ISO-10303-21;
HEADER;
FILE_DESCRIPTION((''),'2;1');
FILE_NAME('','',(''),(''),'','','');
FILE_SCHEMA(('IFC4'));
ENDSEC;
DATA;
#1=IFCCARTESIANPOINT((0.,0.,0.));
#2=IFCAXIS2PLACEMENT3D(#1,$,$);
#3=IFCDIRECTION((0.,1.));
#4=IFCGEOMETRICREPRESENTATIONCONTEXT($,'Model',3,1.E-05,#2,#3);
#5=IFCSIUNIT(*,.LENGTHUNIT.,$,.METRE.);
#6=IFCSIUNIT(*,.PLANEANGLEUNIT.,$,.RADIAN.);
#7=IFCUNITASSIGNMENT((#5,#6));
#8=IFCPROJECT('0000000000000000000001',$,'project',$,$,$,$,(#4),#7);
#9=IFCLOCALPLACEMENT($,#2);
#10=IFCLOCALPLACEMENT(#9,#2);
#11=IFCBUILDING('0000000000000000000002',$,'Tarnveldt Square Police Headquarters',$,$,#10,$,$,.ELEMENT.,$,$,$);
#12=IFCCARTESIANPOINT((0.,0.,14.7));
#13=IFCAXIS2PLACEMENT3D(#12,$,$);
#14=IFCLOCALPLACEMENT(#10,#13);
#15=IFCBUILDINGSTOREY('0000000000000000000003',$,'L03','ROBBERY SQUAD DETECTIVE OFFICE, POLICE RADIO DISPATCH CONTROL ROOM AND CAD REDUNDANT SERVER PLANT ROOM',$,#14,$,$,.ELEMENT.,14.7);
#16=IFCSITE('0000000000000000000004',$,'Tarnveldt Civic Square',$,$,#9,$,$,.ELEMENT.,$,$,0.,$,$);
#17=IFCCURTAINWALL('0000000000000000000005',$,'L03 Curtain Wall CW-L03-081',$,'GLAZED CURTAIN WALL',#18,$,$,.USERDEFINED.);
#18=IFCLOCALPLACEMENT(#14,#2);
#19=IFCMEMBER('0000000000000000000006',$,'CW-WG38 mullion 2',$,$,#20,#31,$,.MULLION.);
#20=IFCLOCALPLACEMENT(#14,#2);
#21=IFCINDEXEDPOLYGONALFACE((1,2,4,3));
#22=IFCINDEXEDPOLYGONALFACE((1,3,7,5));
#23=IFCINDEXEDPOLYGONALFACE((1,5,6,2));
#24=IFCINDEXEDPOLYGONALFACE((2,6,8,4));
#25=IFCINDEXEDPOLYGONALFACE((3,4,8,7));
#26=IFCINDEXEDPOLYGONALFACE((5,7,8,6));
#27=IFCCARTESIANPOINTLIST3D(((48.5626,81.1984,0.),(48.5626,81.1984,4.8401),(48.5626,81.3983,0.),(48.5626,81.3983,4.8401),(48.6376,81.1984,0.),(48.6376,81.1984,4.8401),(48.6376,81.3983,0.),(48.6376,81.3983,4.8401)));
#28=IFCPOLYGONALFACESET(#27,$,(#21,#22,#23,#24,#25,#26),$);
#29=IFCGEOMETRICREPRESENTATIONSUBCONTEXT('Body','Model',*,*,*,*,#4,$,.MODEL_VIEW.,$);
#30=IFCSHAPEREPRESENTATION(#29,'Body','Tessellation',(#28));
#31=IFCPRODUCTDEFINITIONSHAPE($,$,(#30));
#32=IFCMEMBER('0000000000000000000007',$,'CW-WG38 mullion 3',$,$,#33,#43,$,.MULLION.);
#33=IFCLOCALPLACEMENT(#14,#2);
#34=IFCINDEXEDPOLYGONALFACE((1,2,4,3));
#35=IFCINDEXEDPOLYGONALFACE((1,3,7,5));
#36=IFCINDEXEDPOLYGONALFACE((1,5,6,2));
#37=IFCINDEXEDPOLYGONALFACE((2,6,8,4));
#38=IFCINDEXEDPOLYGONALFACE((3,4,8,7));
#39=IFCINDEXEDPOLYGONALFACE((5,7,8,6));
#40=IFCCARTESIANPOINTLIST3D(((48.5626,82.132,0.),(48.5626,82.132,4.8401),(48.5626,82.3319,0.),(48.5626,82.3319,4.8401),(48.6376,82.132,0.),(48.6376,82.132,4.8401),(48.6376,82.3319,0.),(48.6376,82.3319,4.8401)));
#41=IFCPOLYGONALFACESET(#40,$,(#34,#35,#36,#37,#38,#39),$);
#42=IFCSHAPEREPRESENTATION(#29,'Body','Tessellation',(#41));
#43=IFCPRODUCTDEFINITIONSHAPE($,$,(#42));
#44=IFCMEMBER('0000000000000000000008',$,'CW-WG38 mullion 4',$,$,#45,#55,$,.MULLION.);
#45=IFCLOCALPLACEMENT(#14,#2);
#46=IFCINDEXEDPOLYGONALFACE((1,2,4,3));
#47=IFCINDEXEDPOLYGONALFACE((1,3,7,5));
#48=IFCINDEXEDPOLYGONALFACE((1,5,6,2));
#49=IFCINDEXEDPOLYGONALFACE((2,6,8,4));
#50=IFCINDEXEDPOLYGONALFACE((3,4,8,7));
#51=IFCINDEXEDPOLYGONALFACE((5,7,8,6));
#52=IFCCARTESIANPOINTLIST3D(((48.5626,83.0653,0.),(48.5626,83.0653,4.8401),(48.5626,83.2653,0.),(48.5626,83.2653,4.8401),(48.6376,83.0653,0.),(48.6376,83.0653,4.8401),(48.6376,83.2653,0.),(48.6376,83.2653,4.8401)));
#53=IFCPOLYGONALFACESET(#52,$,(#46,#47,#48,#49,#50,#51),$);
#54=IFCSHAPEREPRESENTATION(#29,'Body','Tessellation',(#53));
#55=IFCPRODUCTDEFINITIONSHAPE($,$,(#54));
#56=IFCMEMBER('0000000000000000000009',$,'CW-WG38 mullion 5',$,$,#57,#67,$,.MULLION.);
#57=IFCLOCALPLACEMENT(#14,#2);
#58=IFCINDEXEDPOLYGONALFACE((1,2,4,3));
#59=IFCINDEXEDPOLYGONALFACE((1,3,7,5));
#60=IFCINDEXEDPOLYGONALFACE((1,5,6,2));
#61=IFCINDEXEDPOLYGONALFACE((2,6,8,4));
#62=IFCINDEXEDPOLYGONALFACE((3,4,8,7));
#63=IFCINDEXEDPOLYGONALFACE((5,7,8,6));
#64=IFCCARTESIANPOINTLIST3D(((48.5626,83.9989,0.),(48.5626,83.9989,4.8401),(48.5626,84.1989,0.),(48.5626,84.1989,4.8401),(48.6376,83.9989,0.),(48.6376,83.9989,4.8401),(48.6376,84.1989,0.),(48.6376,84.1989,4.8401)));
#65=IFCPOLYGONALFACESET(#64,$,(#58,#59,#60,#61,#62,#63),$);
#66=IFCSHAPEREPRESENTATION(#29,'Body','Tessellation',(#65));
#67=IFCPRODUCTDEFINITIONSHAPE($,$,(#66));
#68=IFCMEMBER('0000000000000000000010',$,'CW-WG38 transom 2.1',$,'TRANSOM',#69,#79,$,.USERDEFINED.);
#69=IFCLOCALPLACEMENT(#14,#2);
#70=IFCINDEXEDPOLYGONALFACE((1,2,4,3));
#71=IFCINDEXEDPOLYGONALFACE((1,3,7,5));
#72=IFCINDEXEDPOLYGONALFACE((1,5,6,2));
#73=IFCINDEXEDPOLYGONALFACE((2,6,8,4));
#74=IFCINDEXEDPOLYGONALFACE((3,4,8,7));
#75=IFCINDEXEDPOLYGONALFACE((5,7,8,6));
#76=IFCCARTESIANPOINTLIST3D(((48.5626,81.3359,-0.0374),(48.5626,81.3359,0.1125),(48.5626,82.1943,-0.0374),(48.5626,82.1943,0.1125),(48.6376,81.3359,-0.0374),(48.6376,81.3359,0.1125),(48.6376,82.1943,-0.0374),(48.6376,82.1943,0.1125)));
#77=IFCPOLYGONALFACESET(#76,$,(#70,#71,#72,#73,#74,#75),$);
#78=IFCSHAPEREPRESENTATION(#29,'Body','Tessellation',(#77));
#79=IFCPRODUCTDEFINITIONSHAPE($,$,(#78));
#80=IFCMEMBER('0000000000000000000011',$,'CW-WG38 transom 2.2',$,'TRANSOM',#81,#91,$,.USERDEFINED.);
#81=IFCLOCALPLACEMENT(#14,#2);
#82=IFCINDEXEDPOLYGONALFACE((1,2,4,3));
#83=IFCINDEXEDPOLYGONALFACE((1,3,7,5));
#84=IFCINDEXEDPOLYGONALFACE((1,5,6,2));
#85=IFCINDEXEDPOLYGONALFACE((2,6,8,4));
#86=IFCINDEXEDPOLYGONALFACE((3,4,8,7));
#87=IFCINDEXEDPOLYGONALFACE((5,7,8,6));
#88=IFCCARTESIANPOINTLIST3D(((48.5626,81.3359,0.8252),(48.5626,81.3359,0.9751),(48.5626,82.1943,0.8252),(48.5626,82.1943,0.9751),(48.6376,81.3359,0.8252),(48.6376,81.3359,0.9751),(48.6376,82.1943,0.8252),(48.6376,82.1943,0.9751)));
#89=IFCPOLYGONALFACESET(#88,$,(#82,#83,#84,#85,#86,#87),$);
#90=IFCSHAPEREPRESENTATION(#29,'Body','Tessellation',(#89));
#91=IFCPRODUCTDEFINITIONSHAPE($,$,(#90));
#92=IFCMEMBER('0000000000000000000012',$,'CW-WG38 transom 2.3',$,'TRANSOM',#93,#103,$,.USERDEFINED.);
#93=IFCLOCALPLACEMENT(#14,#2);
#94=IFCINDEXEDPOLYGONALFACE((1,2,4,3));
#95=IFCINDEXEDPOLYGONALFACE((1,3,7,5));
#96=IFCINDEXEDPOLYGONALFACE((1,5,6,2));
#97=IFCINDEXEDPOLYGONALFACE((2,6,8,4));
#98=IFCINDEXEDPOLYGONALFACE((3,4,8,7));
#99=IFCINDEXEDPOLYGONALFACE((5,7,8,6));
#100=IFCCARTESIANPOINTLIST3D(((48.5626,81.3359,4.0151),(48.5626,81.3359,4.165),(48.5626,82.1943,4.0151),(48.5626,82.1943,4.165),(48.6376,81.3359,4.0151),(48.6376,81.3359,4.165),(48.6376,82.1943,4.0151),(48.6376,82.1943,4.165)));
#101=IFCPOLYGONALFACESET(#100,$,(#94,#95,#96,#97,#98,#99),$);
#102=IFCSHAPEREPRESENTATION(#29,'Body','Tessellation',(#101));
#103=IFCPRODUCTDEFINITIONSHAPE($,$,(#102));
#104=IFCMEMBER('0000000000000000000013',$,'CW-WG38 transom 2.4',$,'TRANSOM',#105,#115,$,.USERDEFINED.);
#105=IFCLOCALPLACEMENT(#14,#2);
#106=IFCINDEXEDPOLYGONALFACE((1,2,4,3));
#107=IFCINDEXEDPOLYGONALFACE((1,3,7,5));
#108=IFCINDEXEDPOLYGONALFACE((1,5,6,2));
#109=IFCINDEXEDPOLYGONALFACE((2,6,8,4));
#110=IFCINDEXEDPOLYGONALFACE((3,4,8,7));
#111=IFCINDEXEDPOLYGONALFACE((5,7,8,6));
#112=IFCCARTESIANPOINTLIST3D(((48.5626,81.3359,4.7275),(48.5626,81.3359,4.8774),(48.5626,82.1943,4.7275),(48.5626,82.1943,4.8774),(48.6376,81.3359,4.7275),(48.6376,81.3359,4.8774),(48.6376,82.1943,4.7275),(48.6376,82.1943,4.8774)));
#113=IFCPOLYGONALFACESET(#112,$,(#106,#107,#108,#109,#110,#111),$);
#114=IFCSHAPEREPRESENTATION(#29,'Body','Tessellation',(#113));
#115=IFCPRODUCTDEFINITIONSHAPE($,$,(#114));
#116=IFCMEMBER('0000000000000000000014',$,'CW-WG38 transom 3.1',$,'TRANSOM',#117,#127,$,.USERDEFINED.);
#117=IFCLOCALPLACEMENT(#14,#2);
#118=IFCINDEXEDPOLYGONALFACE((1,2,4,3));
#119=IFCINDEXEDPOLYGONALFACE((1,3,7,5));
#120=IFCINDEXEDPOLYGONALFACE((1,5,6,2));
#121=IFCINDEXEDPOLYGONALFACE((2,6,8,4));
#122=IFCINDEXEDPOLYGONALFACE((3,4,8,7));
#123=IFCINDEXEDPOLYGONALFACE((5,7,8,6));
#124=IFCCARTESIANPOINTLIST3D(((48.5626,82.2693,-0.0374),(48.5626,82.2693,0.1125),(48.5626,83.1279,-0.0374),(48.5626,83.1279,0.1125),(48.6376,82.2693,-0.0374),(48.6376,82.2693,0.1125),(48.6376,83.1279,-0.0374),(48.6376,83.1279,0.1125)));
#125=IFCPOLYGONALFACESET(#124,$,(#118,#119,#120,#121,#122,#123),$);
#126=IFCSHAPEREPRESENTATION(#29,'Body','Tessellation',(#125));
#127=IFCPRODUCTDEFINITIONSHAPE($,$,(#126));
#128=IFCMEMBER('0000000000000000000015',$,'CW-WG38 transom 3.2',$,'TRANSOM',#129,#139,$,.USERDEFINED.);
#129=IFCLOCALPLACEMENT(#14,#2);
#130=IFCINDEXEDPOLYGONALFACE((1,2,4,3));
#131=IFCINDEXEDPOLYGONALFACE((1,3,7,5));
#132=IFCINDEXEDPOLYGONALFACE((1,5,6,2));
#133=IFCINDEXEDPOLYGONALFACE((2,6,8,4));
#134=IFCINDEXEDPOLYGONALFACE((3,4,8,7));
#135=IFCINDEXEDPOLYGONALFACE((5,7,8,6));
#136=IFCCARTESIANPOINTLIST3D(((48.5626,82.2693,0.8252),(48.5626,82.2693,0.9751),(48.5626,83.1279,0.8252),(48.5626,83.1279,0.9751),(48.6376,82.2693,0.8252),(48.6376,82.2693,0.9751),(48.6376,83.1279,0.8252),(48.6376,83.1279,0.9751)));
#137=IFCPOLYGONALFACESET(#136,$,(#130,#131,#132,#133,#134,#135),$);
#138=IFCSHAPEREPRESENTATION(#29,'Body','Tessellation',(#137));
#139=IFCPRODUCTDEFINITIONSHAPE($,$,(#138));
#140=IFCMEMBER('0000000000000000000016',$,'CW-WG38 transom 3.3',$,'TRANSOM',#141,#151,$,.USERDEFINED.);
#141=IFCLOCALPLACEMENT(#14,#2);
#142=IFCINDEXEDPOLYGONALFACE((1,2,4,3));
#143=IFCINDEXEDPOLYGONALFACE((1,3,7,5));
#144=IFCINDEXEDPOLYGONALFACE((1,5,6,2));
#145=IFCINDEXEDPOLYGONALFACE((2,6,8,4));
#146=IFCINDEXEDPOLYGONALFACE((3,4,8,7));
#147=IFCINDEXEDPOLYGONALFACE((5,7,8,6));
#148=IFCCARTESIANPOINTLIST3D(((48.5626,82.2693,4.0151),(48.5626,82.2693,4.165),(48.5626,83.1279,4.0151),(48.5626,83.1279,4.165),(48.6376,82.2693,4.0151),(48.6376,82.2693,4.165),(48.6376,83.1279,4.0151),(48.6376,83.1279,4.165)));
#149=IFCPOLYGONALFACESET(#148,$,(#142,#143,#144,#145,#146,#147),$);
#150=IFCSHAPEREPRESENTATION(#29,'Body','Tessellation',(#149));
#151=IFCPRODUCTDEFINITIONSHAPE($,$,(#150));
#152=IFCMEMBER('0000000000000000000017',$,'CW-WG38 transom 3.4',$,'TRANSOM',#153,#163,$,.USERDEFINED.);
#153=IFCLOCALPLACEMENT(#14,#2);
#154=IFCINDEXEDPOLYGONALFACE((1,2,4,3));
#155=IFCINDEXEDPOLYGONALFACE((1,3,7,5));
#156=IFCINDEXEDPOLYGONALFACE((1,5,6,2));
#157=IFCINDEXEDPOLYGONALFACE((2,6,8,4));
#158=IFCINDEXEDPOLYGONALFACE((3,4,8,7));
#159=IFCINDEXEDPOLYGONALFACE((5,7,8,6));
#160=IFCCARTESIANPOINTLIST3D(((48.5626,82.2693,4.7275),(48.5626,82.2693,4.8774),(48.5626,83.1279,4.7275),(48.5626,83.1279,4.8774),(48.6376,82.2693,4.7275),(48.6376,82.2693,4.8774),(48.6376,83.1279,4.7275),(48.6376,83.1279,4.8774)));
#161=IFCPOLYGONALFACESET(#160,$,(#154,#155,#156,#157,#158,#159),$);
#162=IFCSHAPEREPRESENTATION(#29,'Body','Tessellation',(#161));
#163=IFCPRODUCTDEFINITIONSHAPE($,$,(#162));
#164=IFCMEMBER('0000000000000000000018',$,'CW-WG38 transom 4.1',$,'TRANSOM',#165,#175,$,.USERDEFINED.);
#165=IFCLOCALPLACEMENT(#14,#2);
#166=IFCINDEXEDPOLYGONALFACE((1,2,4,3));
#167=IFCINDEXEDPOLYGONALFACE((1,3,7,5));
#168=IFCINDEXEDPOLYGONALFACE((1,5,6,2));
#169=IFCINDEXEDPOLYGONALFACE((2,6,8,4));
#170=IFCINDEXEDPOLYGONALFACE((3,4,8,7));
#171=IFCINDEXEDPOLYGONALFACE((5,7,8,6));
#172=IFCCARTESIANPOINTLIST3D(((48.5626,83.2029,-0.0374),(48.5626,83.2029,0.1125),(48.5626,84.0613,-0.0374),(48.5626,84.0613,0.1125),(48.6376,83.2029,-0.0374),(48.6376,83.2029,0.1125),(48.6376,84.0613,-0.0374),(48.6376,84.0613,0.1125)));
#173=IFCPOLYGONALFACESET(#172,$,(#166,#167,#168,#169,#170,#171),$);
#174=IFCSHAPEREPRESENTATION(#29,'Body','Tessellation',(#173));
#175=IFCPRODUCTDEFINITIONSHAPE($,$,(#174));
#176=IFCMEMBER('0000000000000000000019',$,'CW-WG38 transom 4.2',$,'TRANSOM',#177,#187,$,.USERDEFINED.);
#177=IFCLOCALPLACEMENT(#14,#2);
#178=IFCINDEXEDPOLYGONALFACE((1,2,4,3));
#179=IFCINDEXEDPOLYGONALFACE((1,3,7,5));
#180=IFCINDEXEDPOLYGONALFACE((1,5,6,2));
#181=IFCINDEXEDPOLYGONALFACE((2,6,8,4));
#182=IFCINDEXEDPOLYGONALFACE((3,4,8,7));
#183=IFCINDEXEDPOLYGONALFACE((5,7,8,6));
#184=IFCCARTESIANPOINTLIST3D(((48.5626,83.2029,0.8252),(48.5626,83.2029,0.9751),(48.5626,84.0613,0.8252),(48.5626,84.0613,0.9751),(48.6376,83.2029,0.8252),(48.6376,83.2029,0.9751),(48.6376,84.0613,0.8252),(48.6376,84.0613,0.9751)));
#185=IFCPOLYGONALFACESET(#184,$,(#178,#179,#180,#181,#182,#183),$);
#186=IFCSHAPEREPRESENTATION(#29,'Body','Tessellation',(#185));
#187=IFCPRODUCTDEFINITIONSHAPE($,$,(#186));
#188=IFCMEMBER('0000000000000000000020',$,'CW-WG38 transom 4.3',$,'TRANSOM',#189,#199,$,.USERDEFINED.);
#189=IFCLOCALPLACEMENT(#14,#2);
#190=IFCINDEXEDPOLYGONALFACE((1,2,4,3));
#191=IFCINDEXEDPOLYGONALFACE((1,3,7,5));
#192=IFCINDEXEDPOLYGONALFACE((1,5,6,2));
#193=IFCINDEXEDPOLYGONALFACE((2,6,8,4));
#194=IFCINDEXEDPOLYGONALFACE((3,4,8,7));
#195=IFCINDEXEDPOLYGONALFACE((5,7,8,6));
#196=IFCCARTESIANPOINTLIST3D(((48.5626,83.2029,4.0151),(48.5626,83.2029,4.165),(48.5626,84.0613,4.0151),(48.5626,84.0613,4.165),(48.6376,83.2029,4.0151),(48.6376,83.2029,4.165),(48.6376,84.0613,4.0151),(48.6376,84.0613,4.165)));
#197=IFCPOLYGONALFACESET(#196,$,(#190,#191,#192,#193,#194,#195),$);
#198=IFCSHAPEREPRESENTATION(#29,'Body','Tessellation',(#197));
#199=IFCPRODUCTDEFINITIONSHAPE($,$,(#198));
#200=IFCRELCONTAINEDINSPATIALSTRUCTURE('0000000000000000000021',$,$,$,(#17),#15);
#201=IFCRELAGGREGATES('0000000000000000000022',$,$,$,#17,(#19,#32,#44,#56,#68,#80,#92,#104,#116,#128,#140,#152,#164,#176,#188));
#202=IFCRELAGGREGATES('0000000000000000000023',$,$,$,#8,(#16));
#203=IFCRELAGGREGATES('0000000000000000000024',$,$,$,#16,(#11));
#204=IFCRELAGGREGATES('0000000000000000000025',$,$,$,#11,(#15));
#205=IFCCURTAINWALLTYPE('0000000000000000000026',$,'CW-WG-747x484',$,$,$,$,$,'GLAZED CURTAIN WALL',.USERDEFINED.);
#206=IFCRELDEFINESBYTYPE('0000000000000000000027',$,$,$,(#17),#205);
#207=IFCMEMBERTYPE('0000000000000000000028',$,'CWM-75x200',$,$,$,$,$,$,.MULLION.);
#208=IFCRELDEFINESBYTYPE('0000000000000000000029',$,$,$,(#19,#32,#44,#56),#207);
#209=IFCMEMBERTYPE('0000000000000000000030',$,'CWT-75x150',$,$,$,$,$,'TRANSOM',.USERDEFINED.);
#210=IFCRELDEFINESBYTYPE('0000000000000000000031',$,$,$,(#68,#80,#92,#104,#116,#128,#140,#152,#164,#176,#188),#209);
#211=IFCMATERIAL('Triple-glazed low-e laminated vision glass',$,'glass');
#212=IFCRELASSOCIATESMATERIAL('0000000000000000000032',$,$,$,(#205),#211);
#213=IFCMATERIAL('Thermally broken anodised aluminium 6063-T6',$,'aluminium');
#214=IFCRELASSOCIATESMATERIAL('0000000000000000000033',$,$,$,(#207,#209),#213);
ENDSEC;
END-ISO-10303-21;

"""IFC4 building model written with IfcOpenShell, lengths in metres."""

from ifc_helpers import new_model, si_unit, direction, frame, origin, origin_2d, place, context, subcontext, project, spatial, rectangle, extrude, material, material_profile, profile_set, type_object, element, aggregate, save


model = new_model("IFC4")

# Units and contexts
model_context = context("Model", 3, precision=1e-05, world=origin(), true_north=direction((0.0, 1.0)))
body_context = subcontext(model_context, "Body", "Model", "MODEL_VIEW")
ifc_project = project(units=[si_unit("LENGTHUNIT", "METRE"), si_unit("PLANEANGLEUNIT", "RADIAN")], contexts=[model_context])

# Site, building, storey
site_placement = place(None, origin())
site = spatial("IfcSite", under=ifc_project, at=site_placement, Name="Tarnveldt Civic Square", CompositionType="ELEMENT", RefElevation=0.0)
building_placement = place(site_placement, origin())
building = spatial("IfcBuilding", under=site, at=building_placement, Name="Tarnveldt Square Police Headquarters", CompositionType="ELEMENT")
storey_placement = place(building_placement, frame((0.0, 0.0, 14.7)))
storey = spatial("IfcBuildingStorey", under=building, at=storey_placement, Name="L03", Description="ROBBERY SQUAD DETECTIVE OFFICE, POLICE RADIO DISPATCH CONTROL ROOM AND CAD REDUNDANT SERVER PLANT ROOM", CompositionType="ELEMENT", Elevation=14.7)

# Curtain wall, members
ifc_material_1 = material(Name="Triple-glazed low-e laminated vision glass", Category="glass")
curtain_wall_type = type_object("IfcCurtainWallType", Name="CW-WG-747x484", ElementType="GLAZED CURTAIN WALL", PredefinedType="USERDEFINED", material=ifc_material_1)
curtain_wall_placement = place(storey_placement, origin())
curtain_wall = element("IfcCurtainWall", 1, at=curtain_wall_placement, inside=storey, type_object=curtain_wall_type, Name="L03 Curtain Wall CW-L03-081", ObjectType="GLAZED CURTAIN WALL", PredefinedType="USERDEFINED")
ifc_material_2 = material(Name="Thermally broken anodised aluminium 6063-T6", Category="aluminium")
ifc_material_profile_1 = material_profile(ifc_material_2, rectangle(XDim=0.075, YDim=0.2, at=origin_2d()), Name="CW-M75x200")
ifc_profile_set_1 = profile_set([ifc_material_profile_1], Name="Thermally broken anodised aluminium 6063-T6")
member_type_1 = type_object("IfcMemberType", Name="CWM-75x200", PredefinedType="MULLION", material=ifc_profile_set_1)
member_1_placement = place(storey_placement, frame((48.6001, 81.2983, 0.0), z_axis=(0.0, 0.0, 1.0), x_axis=(-1.0, 0.0, 0.0)))
member_1 = element("IfcMember", 2, at=member_1_placement, type_object=member_type_1, Name="CW-WG38 mullion 2", PredefinedType="MULLION", context=body_context, shape_type="SweptSolid", body=[
    extrude(rectangle(XDim=0.075, YDim=0.2, at=origin_2d()), origin(), (0.0, 0.0, 1.0), 4.8401),
])
member_2_placement = place(storey_placement, frame((48.6001, 82.2319, 0.0), z_axis=(0.0, 0.0, 1.0), x_axis=(-1.0, 0.0, 0.0)))
member_2 = element("IfcMember", 3, at=member_2_placement, type_object=member_type_1, Name="CW-WG38 mullion 3", PredefinedType="MULLION", context=body_context, shape_type="SweptSolid", body=[
    extrude(rectangle(XDim=0.075, YDim=0.2, at=origin_2d()), origin(), (0.0, 0.0, 1.0), 4.8401),
])
member_3_placement = place(storey_placement, frame((48.6001, 83.1653, 0.0), z_axis=(0.0, 0.0, 1.0), x_axis=(-1.0, 0.0, 0.0)))
member_3 = element("IfcMember", 4, at=member_3_placement, type_object=member_type_1, Name="CW-WG38 mullion 4", PredefinedType="MULLION", context=body_context, shape_type="SweptSolid", body=[
    extrude(rectangle(XDim=0.075, YDim=0.2, at=origin_2d()), origin(), (0.0, 0.0, 1.0), 4.8401),
])
member_4_placement = place(storey_placement, frame((48.6001, 84.0989, 0.0), z_axis=(0.0, 0.0, 1.0), x_axis=(-1.0, 0.0, 0.0)))
member_4 = element("IfcMember", 5, at=member_4_placement, type_object=member_type_1, Name="CW-WG38 mullion 5", PredefinedType="MULLION", context=body_context, shape_type="SweptSolid", body=[
    extrude(rectangle(XDim=0.075, YDim=0.2, at=origin_2d()), origin(), (0.0, 0.0, 1.0), 4.8401),
])
ifc_material_profile_2 = material_profile(ifc_material_2, rectangle(XDim=0.075, YDim=0.1499, at=origin_2d()), Name="CW-T75x150")
ifc_profile_set_2 = profile_set([ifc_material_profile_2], Name="Thermally broken anodised aluminium 6063-T6")
member_type_2 = type_object("IfcMemberType", Name="CWT-75x150", ElementType="TRANSOM", PredefinedType="USERDEFINED", material=ifc_profile_set_2)
member_5_placement = place(storey_placement, frame((48.6001, 81.3359, 0.0376), z_axis=(0.0, 1.0, 0.0), x_axis=(-1.0, 0.0, 0.0)))
member_5 = element("IfcMember", 6, at=member_5_placement, type_object=member_type_2, Name="CW-WG38 transom 2.1", ObjectType="TRANSOM", PredefinedType="USERDEFINED", context=body_context, shape_type="SweptSolid", body=[
    extrude(rectangle(XDim=0.075, YDim=0.1499, at=origin_2d()), origin(), (0.0, 0.0, 1.0), 0.8584),
])
member_6_placement = place(storey_placement, frame((48.6001, 81.3359, 0.9001), z_axis=(0.0, 1.0, 0.0), x_axis=(-1.0, 0.0, 0.0)))
member_6 = element("IfcMember", 7, at=member_6_placement, type_object=member_type_2, Name="CW-WG38 transom 2.2", ObjectType="TRANSOM", PredefinedType="USERDEFINED", context=body_context, shape_type="SweptSolid", body=[
    extrude(rectangle(XDim=0.075, YDim=0.1499, at=origin_2d()), origin(), (0.0, 0.0, 1.0), 0.8584),
])
member_7_placement = place(storey_placement, frame((48.6001, 81.3359, 4.0901), z_axis=(0.0, 1.0, 0.0), x_axis=(-1.0, 0.0, 0.0)))
member_7 = element("IfcMember", 8, at=member_7_placement, type_object=member_type_2, Name="CW-WG38 transom 2.3", ObjectType="TRANSOM", PredefinedType="USERDEFINED", context=body_context, shape_type="SweptSolid", body=[
    extrude(rectangle(XDim=0.075, YDim=0.1499, at=origin_2d()), origin(), (0.0, 0.0, 1.0), 0.8584),
])
member_8_placement = place(storey_placement, frame((48.6001, 81.3359, 4.8025), z_axis=(0.0, 1.0, 0.0), x_axis=(-1.0, 0.0, 0.0)))
member_8 = element("IfcMember", 9, at=member_8_placement, type_object=member_type_2, Name="CW-WG38 transom 2.4", ObjectType="TRANSOM", PredefinedType="USERDEFINED", context=body_context, shape_type="SweptSolid", body=[
    extrude(rectangle(XDim=0.075, YDim=0.1499, at=origin_2d()), origin(), (0.0, 0.0, 1.0), 0.8584),
])
member_9_placement = place(storey_placement, frame((48.6001, 82.2693, 0.0376), z_axis=(0.0, 1.0, 0.0), x_axis=(-1.0, 0.0, 0.0)))
member_9 = element("IfcMember", 10, at=member_9_placement, type_object=member_type_2, Name="CW-WG38 transom 3.1", ObjectType="TRANSOM", PredefinedType="USERDEFINED", context=body_context, shape_type="SweptSolid", body=[
    extrude(rectangle(XDim=0.075, YDim=0.1499, at=origin_2d()), origin(), (0.0, 0.0, 1.0), 0.8586),
])
member_10_placement = place(storey_placement, frame((48.6001, 82.2693, 0.9001), z_axis=(0.0, 1.0, 0.0), x_axis=(-1.0, 0.0, 0.0)))
member_10 = element("IfcMember", 11, at=member_10_placement, type_object=member_type_2, Name="CW-WG38 transom 3.2", ObjectType="TRANSOM", PredefinedType="USERDEFINED", context=body_context, shape_type="SweptSolid", body=[
    extrude(rectangle(XDim=0.075, YDim=0.1499, at=origin_2d()), origin(), (0.0, 0.0, 1.0), 0.8586),
])
member_11_placement = place(storey_placement, frame((48.6001, 82.2693, 4.0901), z_axis=(0.0, 1.0, 0.0), x_axis=(-1.0, 0.0, 0.0)))
member_11 = element("IfcMember", 12, at=member_11_placement, type_object=member_type_2, Name="CW-WG38 transom 3.3", ObjectType="TRANSOM", PredefinedType="USERDEFINED", context=body_context, shape_type="SweptSolid", body=[
    extrude(rectangle(XDim=0.075, YDim=0.1499, at=origin_2d()), origin(), (0.0, 0.0, 1.0), 0.8586),
])
member_12_placement = place(storey_placement, frame((48.6001, 82.2693, 4.8025), z_axis=(0.0, 1.0, 0.0), x_axis=(-1.0, 0.0, 0.0)))
member_12 = element("IfcMember", 13, at=member_12_placement, type_object=member_type_2, Name="CW-WG38 transom 3.4", ObjectType="TRANSOM", PredefinedType="USERDEFINED", context=body_context, shape_type="SweptSolid", body=[
    extrude(rectangle(XDim=0.075, YDim=0.1499, at=origin_2d()), origin(), (0.0, 0.0, 1.0), 0.8586),
])
member_13_placement = place(storey_placement, frame((48.6001, 83.2029, 0.0376), z_axis=(0.0, 1.0, 0.0), x_axis=(-1.0, 0.0, 0.0)))
member_13 = element("IfcMember", 14, at=member_13_placement, type_object=member_type_2, Name="CW-WG38 transom 4.1", ObjectType="TRANSOM", PredefinedType="USERDEFINED", context=body_context, shape_type="SweptSolid", body=[
    extrude(rectangle(XDim=0.075, YDim=0.1499, at=origin_2d()), origin(), (0.0, 0.0, 1.0), 0.8584),
])
member_14_placement = place(storey_placement, frame((48.6001, 83.2029, 0.9001), z_axis=(0.0, 1.0, 0.0), x_axis=(-1.0, 0.0, 0.0)))
member_14 = element("IfcMember", 15, at=member_14_placement, type_object=member_type_2, Name="CW-WG38 transom 4.2", ObjectType="TRANSOM", PredefinedType="USERDEFINED", context=body_context, shape_type="SweptSolid", body=[
    extrude(rectangle(XDim=0.075, YDim=0.1499, at=origin_2d()), origin(), (0.0, 0.0, 1.0), 0.8584),
])
member_15_placement = place(storey_placement, frame((48.6001, 83.2029, 4.0901), z_axis=(0.0, 1.0, 0.0), x_axis=(-1.0, 0.0, 0.0)))
member_15 = element("IfcMember", 16, at=member_15_placement, type_object=member_type_2, Name="CW-WG38 transom 4.3", ObjectType="TRANSOM", PredefinedType="USERDEFINED", context=body_context, shape_type="SweptSolid", body=[
    extrude(rectangle(XDim=0.075, YDim=0.1499, at=origin_2d()), origin(), (0.0, 0.0, 1.0), 0.8584),
])
aggregate(curtain_wall, [member_1, member_2, member_3, member_4, member_5, member_6, member_7, member_8, member_9, member_10, member_11, member_12, member_13, member_14, member_15])

save(model, "model.ifc")
